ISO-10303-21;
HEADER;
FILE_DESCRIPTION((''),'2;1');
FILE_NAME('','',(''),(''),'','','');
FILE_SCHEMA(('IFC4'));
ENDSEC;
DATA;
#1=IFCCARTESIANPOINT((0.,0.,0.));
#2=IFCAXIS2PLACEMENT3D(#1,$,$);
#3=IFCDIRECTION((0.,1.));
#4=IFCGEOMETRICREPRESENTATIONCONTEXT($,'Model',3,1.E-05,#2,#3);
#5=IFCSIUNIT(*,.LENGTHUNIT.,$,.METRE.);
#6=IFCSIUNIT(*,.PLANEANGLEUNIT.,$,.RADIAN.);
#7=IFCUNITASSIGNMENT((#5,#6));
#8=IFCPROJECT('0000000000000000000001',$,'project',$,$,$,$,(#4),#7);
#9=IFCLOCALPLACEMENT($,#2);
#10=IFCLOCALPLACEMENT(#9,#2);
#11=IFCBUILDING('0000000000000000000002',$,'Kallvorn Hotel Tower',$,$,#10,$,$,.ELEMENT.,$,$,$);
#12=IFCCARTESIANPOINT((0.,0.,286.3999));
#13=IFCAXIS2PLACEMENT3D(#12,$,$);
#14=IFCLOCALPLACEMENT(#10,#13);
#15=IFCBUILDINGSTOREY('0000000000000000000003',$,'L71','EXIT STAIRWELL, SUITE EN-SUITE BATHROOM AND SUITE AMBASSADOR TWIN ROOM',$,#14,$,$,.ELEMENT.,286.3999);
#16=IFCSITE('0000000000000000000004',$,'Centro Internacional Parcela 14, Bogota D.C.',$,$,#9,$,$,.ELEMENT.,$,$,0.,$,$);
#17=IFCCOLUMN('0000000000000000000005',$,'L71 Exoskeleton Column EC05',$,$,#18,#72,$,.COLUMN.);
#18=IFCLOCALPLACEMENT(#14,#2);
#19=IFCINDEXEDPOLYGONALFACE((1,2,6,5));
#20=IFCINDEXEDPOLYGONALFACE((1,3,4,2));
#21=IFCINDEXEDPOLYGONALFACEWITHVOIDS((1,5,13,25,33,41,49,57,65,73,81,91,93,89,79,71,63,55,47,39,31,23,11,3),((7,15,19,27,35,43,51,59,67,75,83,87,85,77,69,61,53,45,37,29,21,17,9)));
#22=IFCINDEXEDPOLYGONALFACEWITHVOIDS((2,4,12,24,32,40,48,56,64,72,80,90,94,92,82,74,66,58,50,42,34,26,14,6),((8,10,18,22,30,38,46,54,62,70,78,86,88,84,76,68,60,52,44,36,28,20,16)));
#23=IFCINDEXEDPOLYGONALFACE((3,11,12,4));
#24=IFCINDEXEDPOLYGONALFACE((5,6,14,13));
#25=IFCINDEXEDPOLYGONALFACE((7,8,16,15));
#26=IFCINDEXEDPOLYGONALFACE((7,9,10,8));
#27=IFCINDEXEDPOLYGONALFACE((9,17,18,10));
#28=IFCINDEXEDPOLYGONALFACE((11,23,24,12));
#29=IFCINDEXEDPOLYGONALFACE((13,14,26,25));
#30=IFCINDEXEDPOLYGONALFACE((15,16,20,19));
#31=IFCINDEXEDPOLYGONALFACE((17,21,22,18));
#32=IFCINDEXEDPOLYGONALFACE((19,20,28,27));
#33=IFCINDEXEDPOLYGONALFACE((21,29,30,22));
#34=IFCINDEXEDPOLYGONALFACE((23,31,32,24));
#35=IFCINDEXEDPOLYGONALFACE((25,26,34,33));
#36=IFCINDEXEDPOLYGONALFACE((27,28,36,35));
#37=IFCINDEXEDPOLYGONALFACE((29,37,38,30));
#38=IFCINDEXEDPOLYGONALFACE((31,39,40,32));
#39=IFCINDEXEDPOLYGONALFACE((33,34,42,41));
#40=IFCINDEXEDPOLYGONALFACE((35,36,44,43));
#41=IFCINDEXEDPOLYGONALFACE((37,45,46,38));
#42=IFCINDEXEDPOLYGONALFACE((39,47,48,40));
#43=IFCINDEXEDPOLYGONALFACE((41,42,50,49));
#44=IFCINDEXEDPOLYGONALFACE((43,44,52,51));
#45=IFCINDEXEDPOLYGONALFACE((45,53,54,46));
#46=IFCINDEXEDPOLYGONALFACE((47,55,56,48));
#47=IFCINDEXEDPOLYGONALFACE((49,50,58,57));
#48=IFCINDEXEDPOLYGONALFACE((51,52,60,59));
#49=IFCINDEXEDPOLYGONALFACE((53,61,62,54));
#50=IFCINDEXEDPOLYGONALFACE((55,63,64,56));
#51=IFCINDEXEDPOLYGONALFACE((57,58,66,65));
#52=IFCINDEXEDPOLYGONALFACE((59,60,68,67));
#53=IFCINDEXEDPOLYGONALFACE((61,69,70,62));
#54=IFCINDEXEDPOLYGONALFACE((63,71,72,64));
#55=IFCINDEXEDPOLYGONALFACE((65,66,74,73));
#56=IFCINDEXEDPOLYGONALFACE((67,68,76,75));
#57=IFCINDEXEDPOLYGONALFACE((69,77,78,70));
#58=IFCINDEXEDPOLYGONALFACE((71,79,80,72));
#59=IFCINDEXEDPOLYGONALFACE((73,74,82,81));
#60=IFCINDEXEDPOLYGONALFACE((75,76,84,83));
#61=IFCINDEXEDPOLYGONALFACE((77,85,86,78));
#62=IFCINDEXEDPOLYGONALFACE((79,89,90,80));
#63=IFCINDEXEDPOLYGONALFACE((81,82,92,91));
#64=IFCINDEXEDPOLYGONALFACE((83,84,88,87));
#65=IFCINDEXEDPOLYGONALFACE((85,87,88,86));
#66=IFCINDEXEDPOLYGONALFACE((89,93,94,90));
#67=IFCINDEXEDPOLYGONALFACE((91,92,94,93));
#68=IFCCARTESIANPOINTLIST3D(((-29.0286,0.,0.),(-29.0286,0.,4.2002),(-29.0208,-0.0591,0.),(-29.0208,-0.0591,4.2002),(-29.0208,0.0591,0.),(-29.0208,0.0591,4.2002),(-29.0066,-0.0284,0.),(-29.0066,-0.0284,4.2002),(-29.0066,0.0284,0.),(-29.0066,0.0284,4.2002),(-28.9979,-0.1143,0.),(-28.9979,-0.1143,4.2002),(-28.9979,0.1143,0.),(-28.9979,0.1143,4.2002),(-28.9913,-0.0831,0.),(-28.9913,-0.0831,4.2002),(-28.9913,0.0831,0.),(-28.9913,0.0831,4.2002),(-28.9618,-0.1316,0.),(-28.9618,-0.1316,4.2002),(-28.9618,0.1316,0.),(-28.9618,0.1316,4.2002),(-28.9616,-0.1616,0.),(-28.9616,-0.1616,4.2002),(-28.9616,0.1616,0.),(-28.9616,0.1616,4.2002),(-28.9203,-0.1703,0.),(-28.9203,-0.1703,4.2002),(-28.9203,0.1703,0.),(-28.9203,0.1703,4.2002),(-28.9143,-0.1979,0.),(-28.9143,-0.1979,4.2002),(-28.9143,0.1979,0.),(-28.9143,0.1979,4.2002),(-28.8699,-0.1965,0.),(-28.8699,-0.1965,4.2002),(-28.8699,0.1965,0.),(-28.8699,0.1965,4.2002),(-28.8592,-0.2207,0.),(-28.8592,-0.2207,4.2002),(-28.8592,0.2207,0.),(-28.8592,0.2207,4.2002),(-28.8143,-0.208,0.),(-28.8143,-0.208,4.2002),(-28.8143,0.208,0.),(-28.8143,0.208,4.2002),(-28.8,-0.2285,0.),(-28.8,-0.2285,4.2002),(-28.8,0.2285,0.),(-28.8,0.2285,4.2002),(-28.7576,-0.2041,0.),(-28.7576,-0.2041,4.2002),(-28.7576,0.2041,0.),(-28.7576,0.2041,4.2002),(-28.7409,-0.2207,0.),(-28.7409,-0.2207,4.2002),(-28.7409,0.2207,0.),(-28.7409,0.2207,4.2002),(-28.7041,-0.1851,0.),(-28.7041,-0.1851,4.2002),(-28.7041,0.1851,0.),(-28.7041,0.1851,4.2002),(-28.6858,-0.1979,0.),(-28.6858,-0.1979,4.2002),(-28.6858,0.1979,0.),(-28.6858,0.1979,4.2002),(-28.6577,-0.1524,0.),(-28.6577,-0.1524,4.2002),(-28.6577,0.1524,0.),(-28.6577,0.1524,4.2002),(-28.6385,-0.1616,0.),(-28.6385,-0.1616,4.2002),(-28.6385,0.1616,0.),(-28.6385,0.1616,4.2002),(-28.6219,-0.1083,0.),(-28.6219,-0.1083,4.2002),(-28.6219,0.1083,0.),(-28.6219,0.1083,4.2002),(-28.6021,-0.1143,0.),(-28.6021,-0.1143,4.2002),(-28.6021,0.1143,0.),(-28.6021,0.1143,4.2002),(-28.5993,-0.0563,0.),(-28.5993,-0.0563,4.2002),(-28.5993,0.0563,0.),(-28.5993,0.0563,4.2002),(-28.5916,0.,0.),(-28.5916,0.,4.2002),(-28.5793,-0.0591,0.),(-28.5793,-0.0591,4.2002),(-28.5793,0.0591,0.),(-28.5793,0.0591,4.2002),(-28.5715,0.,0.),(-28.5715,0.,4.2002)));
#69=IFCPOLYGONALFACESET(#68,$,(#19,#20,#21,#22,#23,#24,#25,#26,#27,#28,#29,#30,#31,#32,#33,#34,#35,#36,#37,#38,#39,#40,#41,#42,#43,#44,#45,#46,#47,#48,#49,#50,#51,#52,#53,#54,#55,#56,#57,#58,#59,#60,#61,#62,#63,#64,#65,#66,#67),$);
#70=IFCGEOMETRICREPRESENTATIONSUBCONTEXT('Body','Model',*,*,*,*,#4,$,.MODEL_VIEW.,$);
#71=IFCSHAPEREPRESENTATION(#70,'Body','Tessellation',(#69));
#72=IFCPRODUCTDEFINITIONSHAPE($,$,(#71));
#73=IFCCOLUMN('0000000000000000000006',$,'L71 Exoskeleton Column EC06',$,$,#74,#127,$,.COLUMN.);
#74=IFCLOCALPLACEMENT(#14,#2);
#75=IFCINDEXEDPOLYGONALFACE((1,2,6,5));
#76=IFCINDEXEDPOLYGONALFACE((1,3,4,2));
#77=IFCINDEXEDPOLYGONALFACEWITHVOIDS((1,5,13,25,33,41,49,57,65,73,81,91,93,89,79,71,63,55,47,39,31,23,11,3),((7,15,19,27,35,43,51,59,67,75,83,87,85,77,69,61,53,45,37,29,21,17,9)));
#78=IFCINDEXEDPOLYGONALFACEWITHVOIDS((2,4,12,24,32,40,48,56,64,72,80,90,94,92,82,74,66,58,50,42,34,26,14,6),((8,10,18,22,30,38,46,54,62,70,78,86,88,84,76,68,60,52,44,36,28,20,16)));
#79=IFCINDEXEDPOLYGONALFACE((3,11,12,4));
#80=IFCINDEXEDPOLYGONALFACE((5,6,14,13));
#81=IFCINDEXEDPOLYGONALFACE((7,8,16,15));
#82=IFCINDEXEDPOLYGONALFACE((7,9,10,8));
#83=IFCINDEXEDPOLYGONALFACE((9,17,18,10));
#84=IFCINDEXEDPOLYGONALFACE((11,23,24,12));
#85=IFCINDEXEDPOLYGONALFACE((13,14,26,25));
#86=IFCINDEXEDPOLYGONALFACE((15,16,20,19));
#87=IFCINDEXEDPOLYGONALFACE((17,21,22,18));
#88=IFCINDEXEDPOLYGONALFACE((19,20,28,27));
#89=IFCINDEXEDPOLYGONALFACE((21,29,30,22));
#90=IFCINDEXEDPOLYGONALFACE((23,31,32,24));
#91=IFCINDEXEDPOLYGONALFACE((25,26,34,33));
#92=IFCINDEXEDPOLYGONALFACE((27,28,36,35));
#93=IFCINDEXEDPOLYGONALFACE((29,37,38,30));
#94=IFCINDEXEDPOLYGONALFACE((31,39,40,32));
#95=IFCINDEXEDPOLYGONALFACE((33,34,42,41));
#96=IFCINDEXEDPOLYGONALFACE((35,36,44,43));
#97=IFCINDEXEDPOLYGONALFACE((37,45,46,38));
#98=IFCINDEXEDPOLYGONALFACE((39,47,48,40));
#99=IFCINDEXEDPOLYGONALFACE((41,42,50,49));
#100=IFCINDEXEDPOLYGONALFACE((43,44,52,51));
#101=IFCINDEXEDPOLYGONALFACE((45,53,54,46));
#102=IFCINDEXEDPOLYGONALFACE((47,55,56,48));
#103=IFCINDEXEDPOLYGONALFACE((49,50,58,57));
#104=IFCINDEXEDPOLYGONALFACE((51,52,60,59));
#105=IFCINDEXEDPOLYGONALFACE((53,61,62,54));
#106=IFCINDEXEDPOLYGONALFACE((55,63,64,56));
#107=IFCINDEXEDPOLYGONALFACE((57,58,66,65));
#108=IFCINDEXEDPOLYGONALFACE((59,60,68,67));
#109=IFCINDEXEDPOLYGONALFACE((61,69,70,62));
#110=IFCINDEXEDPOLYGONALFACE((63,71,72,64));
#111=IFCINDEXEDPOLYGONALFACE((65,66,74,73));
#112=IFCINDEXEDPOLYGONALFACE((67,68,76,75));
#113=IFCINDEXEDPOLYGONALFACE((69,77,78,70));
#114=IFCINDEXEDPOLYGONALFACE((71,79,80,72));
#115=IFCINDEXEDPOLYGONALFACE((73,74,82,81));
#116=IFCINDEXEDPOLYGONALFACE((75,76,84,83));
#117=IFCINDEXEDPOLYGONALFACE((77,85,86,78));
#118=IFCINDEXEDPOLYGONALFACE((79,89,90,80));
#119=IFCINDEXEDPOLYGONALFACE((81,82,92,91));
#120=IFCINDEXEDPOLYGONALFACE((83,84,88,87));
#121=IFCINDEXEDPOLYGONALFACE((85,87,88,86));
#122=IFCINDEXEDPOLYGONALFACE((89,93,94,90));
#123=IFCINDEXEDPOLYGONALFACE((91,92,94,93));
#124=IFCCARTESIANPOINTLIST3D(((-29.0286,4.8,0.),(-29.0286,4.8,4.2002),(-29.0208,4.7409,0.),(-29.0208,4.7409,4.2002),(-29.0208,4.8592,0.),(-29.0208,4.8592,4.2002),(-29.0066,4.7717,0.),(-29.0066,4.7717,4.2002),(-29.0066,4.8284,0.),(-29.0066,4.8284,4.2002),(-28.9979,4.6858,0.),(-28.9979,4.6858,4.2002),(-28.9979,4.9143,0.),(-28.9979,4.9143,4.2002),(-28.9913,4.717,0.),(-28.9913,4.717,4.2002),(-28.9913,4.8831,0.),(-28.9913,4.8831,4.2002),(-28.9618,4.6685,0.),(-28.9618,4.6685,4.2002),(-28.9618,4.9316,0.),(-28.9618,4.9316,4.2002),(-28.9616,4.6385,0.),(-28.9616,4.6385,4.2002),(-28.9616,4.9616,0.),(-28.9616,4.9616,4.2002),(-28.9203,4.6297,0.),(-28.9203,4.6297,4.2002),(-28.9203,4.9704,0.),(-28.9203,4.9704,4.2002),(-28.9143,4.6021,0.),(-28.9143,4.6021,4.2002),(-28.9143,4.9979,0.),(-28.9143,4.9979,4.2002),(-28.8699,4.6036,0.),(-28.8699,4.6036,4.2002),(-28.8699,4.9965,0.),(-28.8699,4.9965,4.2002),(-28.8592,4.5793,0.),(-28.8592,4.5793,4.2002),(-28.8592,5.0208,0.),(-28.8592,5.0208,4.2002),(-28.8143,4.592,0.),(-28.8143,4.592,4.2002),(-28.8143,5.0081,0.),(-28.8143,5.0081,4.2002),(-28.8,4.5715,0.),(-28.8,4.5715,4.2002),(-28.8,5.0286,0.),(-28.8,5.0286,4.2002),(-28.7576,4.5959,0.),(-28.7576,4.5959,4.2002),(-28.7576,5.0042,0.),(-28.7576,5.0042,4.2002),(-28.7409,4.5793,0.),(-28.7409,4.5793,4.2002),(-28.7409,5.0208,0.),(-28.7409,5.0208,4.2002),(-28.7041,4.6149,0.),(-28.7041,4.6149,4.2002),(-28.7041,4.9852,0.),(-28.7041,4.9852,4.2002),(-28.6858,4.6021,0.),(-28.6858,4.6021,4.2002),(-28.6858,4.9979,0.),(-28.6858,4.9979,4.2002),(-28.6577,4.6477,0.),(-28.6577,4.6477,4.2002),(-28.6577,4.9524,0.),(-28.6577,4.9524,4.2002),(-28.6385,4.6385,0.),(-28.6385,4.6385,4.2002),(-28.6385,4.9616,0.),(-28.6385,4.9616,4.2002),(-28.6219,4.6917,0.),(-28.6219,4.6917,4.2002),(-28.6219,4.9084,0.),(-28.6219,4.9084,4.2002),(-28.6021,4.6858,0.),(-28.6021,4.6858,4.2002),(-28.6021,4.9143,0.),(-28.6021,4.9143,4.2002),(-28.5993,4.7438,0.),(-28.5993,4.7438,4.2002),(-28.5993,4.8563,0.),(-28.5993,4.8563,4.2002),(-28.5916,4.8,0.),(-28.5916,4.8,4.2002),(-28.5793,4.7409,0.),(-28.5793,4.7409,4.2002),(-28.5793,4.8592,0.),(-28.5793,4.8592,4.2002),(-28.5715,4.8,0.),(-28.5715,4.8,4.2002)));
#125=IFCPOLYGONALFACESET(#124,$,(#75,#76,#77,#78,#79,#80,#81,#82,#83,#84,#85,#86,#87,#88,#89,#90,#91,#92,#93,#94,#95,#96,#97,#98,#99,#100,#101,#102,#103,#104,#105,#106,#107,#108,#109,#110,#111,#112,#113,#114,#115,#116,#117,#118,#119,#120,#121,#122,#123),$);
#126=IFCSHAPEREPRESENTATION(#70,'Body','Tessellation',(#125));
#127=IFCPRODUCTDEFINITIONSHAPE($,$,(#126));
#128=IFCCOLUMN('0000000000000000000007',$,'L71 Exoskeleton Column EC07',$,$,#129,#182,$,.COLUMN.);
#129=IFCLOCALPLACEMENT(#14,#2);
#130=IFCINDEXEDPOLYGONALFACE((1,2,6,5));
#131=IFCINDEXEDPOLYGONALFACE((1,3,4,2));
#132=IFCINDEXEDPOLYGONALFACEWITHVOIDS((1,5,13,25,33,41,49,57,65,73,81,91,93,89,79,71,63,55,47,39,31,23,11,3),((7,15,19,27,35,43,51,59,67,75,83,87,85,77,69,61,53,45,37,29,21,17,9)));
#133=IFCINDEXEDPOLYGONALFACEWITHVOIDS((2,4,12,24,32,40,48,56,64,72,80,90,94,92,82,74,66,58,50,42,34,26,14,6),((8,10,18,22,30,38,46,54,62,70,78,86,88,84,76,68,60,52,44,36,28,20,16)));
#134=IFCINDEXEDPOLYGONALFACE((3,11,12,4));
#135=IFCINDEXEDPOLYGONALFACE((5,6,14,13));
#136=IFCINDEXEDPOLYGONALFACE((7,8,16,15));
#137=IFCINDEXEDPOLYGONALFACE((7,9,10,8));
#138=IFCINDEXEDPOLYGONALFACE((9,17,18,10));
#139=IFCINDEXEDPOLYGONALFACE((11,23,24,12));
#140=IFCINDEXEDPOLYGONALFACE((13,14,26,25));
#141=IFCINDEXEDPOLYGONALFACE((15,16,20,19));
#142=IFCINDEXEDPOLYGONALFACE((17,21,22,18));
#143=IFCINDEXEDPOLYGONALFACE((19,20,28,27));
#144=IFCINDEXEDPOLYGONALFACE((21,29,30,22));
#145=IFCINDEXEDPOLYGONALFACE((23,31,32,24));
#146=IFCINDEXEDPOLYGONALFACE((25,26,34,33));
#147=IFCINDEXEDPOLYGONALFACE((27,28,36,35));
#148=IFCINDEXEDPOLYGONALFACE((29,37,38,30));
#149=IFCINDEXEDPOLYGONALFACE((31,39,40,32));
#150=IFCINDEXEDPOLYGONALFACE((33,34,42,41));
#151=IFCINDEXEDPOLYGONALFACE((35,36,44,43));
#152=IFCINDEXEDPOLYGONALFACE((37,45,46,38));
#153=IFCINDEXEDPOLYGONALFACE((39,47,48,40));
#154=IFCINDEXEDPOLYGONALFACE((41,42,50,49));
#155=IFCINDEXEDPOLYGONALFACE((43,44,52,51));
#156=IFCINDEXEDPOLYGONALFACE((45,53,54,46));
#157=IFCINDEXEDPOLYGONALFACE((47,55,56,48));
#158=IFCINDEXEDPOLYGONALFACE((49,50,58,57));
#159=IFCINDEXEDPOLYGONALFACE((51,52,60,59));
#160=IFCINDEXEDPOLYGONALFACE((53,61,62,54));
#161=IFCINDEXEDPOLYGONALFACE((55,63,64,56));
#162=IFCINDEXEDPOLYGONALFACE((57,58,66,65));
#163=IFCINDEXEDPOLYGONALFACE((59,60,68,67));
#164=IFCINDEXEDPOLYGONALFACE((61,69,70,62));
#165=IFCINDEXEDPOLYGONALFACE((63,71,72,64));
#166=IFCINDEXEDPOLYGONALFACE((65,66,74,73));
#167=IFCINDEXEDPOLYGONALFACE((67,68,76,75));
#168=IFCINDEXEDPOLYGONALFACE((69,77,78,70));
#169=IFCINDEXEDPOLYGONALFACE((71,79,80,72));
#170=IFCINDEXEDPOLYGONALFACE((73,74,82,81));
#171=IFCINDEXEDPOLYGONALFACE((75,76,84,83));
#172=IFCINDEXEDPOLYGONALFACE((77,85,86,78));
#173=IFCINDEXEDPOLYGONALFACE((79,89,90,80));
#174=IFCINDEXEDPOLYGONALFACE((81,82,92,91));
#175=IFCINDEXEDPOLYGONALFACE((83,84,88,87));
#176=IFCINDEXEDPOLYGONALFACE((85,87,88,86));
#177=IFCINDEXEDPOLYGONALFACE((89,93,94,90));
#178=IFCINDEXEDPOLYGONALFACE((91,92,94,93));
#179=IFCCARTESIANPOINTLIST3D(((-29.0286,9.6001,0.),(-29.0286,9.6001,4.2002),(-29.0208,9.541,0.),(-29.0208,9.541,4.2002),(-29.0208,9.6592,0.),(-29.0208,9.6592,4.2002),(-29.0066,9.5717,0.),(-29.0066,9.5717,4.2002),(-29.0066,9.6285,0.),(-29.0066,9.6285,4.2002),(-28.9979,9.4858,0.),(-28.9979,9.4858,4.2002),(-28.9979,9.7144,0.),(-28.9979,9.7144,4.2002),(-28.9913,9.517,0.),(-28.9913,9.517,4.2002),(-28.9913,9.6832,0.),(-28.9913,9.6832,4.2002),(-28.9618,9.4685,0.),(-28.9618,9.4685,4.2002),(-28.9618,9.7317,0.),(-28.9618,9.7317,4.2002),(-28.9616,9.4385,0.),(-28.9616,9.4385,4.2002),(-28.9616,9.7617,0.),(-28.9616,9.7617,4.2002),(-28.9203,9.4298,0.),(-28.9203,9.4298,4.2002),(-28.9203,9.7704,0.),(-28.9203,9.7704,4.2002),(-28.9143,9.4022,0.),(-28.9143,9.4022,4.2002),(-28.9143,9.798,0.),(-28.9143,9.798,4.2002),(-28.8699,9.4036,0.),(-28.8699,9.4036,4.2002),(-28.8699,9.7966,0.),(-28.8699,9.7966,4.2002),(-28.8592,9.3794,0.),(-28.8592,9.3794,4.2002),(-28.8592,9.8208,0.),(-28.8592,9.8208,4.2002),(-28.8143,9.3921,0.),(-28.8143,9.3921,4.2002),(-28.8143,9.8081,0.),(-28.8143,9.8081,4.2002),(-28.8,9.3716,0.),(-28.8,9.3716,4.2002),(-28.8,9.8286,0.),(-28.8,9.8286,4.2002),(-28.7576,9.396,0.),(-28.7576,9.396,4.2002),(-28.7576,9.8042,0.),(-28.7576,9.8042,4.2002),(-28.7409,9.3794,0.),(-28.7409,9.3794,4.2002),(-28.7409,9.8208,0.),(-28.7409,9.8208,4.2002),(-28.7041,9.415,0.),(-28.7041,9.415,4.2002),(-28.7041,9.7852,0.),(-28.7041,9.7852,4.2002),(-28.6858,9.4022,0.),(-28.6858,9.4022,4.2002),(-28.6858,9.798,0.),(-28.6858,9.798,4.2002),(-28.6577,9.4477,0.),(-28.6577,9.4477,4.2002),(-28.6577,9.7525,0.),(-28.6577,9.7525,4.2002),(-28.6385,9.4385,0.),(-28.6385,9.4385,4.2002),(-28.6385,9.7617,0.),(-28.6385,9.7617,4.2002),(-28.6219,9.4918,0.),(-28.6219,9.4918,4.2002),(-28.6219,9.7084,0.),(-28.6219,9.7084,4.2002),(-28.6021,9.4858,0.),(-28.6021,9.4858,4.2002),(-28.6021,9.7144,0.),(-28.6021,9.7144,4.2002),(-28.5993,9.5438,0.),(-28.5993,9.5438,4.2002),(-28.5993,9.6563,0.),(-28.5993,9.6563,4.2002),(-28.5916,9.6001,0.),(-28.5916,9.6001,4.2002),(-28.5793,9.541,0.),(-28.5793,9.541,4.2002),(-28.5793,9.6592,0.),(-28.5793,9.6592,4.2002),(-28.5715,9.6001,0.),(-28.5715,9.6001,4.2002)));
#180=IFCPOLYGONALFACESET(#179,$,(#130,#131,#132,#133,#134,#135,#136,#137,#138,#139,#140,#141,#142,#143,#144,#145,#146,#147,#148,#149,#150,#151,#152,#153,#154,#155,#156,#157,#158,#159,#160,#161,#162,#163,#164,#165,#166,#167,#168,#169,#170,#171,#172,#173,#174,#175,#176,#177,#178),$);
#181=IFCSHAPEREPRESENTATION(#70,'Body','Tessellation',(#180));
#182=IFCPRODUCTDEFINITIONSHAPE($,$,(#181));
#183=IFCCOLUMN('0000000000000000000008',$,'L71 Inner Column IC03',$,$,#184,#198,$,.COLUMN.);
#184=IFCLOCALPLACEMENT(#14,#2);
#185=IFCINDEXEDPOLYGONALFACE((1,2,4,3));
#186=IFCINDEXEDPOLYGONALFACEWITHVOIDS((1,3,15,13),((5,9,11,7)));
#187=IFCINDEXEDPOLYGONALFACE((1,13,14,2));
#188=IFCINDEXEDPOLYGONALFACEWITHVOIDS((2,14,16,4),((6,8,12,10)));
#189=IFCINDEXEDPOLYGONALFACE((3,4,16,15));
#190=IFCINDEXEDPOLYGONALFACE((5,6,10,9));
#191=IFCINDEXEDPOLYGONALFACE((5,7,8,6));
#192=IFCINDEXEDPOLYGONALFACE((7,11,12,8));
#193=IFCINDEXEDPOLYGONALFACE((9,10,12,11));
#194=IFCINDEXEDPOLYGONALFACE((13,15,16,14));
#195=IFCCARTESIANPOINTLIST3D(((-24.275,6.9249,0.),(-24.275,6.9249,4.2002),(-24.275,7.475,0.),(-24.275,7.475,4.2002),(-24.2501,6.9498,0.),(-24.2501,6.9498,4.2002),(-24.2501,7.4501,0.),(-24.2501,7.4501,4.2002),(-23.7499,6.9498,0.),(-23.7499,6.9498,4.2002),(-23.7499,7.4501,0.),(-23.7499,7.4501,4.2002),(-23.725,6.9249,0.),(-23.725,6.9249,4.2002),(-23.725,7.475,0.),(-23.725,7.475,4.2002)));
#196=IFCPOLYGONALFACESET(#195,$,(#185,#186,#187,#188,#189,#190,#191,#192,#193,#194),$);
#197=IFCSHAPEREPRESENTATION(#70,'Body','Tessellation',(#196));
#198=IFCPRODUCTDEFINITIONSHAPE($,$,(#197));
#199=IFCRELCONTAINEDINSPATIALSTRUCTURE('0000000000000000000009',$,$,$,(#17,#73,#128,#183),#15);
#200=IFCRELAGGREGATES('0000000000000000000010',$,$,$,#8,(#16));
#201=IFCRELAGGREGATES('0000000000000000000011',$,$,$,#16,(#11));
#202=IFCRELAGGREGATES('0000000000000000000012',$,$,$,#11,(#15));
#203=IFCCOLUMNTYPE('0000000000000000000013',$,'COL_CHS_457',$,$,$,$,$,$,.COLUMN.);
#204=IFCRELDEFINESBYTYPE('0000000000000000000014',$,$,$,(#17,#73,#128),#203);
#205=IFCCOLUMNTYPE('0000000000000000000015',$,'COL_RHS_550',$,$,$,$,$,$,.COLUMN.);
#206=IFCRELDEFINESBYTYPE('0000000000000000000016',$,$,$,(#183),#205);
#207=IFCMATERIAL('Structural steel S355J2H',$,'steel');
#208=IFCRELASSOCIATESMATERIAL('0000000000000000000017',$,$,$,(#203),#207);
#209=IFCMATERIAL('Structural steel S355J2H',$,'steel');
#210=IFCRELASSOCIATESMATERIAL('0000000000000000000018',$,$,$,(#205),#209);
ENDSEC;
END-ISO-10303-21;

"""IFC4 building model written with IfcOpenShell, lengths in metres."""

from ifc_helpers import new_model, si_unit, direction, frame, origin, origin_2d, place, context, subcontext, project, spatial, hollow_rectangle, hollow_circle, extrude, material, material_profile, profile_set, type_object, element, save


model = new_model("IFC4")

# Units and contexts
model_context = context("Model", 3, precision=1e-05, world=origin(), true_north=direction((0.0, 1.0)))
body_context = subcontext(model_context, "Body", "Model", "MODEL_VIEW")
ifc_project = project(units=[si_unit("LENGTHUNIT", "METRE"), si_unit("PLANEANGLEUNIT", "RADIAN")], contexts=[model_context])

# Site, building, storey
site_placement = place(None, origin())
site = spatial("IfcSite", under=ifc_project, at=site_placement, Name="Centro Internacional Parcela 14, Bogota D.C.", CompositionType="ELEMENT", RefElevation=0.0)
building_placement = place(site_placement, origin())
building = spatial("IfcBuilding", under=site, at=building_placement, Name="Kallvorn Hotel Tower", CompositionType="ELEMENT")
storey_placement = place(building_placement, frame((0.0, 0.0, 286.3999)))
storey = spatial("IfcBuildingStorey", under=building, at=storey_placement, Name="L71", Description="EXIT STAIRWELL, SUITE EN-SUITE BATHROOM AND SUITE AMBASSADOR TWIN ROOM", CompositionType="ELEMENT", Elevation=286.3999)

# Columns
ifc_material_1 = material(Name="Structural steel S355J2H", Category="steel")
ifc_material_profile_1 = material_profile(ifc_material_1, hollow_circle(Radius=0.2285, WallThickness=0.02, at=origin_2d()), Name="CHS 457x20")
ifc_profile_set_1 = profile_set([ifc_material_profile_1], Name="Structural steel S355J2H")
column_type_1 = type_object("IfcColumnType", Name="COL_CHS_457", PredefinedType="COLUMN", material=ifc_profile_set_1)
for number, where, z_axis, x_axis, name in (
    (1, (-28.8, 0.0, 0.0), (0.0, 0.0, 1.0), (1.0, 0.0, 0.0), "L71 Exoskeleton Column EC05"),
    (2, (-28.8, 4.8, 0.0), (0.0, 0.0, 1.0), (1.0, 0.0, 0.0), "L71 Exoskeleton Column EC06"),
    (3, (-28.8, 9.6001, 0.0), (0.0, 0.0, 1.0), (1.0, 0.0, 0.0), "L71 Exoskeleton Column EC07"),
):
    element("IfcColumn", number, at=place(storey_placement, frame(where, z_axis=z_axis, x_axis=x_axis)), inside=storey, type_object=column_type_1, Name=name, PredefinedType="COLUMN", context=body_context, shape_type="SweptSolid", body=[
        extrude(hollow_circle(Radius=0.2285, WallThickness=0.02, at=origin_2d()), origin(), (0.0, 0.0, 1.0), 4.2002),
    ])
ifc_material_2 = material(Name="Structural steel S355J2H", Category="steel")
ifc_material_profile_2 = material_profile(ifc_material_2, hollow_rectangle(XDim=0.55, YDim=0.55, WallThickness=0.0249, at=origin_2d()), Name="RHS 550x550x25")
ifc_profile_set_2 = profile_set([ifc_material_profile_2], Name="Structural steel S355J2H")
column_type_2 = type_object("IfcColumnType", Name="COL_RHS_550", PredefinedType="COLUMN", material=ifc_profile_set_2)
for number, where, z_axis, x_axis, name in (
    (4, (-24.0, 7.2, 0.0), (0.0, 0.0, 1.0), (1.0, 0.0, 0.0), "L71 Inner Column IC03"),
):
    element("IfcColumn", number, at=place(storey_placement, frame(where, z_axis=z_axis, x_axis=x_axis)), inside=storey, type_object=column_type_2, Name=name, PredefinedType="COLUMN", context=body_context, shape_type="SweptSolid", body=[
        extrude(hollow_rectangle(XDim=0.55, YDim=0.55, WallThickness=0.0249, at=origin_2d()), origin(), (0.0, 0.0, 1.0), 4.2002),
    ])

save(model, "model.ifc")
